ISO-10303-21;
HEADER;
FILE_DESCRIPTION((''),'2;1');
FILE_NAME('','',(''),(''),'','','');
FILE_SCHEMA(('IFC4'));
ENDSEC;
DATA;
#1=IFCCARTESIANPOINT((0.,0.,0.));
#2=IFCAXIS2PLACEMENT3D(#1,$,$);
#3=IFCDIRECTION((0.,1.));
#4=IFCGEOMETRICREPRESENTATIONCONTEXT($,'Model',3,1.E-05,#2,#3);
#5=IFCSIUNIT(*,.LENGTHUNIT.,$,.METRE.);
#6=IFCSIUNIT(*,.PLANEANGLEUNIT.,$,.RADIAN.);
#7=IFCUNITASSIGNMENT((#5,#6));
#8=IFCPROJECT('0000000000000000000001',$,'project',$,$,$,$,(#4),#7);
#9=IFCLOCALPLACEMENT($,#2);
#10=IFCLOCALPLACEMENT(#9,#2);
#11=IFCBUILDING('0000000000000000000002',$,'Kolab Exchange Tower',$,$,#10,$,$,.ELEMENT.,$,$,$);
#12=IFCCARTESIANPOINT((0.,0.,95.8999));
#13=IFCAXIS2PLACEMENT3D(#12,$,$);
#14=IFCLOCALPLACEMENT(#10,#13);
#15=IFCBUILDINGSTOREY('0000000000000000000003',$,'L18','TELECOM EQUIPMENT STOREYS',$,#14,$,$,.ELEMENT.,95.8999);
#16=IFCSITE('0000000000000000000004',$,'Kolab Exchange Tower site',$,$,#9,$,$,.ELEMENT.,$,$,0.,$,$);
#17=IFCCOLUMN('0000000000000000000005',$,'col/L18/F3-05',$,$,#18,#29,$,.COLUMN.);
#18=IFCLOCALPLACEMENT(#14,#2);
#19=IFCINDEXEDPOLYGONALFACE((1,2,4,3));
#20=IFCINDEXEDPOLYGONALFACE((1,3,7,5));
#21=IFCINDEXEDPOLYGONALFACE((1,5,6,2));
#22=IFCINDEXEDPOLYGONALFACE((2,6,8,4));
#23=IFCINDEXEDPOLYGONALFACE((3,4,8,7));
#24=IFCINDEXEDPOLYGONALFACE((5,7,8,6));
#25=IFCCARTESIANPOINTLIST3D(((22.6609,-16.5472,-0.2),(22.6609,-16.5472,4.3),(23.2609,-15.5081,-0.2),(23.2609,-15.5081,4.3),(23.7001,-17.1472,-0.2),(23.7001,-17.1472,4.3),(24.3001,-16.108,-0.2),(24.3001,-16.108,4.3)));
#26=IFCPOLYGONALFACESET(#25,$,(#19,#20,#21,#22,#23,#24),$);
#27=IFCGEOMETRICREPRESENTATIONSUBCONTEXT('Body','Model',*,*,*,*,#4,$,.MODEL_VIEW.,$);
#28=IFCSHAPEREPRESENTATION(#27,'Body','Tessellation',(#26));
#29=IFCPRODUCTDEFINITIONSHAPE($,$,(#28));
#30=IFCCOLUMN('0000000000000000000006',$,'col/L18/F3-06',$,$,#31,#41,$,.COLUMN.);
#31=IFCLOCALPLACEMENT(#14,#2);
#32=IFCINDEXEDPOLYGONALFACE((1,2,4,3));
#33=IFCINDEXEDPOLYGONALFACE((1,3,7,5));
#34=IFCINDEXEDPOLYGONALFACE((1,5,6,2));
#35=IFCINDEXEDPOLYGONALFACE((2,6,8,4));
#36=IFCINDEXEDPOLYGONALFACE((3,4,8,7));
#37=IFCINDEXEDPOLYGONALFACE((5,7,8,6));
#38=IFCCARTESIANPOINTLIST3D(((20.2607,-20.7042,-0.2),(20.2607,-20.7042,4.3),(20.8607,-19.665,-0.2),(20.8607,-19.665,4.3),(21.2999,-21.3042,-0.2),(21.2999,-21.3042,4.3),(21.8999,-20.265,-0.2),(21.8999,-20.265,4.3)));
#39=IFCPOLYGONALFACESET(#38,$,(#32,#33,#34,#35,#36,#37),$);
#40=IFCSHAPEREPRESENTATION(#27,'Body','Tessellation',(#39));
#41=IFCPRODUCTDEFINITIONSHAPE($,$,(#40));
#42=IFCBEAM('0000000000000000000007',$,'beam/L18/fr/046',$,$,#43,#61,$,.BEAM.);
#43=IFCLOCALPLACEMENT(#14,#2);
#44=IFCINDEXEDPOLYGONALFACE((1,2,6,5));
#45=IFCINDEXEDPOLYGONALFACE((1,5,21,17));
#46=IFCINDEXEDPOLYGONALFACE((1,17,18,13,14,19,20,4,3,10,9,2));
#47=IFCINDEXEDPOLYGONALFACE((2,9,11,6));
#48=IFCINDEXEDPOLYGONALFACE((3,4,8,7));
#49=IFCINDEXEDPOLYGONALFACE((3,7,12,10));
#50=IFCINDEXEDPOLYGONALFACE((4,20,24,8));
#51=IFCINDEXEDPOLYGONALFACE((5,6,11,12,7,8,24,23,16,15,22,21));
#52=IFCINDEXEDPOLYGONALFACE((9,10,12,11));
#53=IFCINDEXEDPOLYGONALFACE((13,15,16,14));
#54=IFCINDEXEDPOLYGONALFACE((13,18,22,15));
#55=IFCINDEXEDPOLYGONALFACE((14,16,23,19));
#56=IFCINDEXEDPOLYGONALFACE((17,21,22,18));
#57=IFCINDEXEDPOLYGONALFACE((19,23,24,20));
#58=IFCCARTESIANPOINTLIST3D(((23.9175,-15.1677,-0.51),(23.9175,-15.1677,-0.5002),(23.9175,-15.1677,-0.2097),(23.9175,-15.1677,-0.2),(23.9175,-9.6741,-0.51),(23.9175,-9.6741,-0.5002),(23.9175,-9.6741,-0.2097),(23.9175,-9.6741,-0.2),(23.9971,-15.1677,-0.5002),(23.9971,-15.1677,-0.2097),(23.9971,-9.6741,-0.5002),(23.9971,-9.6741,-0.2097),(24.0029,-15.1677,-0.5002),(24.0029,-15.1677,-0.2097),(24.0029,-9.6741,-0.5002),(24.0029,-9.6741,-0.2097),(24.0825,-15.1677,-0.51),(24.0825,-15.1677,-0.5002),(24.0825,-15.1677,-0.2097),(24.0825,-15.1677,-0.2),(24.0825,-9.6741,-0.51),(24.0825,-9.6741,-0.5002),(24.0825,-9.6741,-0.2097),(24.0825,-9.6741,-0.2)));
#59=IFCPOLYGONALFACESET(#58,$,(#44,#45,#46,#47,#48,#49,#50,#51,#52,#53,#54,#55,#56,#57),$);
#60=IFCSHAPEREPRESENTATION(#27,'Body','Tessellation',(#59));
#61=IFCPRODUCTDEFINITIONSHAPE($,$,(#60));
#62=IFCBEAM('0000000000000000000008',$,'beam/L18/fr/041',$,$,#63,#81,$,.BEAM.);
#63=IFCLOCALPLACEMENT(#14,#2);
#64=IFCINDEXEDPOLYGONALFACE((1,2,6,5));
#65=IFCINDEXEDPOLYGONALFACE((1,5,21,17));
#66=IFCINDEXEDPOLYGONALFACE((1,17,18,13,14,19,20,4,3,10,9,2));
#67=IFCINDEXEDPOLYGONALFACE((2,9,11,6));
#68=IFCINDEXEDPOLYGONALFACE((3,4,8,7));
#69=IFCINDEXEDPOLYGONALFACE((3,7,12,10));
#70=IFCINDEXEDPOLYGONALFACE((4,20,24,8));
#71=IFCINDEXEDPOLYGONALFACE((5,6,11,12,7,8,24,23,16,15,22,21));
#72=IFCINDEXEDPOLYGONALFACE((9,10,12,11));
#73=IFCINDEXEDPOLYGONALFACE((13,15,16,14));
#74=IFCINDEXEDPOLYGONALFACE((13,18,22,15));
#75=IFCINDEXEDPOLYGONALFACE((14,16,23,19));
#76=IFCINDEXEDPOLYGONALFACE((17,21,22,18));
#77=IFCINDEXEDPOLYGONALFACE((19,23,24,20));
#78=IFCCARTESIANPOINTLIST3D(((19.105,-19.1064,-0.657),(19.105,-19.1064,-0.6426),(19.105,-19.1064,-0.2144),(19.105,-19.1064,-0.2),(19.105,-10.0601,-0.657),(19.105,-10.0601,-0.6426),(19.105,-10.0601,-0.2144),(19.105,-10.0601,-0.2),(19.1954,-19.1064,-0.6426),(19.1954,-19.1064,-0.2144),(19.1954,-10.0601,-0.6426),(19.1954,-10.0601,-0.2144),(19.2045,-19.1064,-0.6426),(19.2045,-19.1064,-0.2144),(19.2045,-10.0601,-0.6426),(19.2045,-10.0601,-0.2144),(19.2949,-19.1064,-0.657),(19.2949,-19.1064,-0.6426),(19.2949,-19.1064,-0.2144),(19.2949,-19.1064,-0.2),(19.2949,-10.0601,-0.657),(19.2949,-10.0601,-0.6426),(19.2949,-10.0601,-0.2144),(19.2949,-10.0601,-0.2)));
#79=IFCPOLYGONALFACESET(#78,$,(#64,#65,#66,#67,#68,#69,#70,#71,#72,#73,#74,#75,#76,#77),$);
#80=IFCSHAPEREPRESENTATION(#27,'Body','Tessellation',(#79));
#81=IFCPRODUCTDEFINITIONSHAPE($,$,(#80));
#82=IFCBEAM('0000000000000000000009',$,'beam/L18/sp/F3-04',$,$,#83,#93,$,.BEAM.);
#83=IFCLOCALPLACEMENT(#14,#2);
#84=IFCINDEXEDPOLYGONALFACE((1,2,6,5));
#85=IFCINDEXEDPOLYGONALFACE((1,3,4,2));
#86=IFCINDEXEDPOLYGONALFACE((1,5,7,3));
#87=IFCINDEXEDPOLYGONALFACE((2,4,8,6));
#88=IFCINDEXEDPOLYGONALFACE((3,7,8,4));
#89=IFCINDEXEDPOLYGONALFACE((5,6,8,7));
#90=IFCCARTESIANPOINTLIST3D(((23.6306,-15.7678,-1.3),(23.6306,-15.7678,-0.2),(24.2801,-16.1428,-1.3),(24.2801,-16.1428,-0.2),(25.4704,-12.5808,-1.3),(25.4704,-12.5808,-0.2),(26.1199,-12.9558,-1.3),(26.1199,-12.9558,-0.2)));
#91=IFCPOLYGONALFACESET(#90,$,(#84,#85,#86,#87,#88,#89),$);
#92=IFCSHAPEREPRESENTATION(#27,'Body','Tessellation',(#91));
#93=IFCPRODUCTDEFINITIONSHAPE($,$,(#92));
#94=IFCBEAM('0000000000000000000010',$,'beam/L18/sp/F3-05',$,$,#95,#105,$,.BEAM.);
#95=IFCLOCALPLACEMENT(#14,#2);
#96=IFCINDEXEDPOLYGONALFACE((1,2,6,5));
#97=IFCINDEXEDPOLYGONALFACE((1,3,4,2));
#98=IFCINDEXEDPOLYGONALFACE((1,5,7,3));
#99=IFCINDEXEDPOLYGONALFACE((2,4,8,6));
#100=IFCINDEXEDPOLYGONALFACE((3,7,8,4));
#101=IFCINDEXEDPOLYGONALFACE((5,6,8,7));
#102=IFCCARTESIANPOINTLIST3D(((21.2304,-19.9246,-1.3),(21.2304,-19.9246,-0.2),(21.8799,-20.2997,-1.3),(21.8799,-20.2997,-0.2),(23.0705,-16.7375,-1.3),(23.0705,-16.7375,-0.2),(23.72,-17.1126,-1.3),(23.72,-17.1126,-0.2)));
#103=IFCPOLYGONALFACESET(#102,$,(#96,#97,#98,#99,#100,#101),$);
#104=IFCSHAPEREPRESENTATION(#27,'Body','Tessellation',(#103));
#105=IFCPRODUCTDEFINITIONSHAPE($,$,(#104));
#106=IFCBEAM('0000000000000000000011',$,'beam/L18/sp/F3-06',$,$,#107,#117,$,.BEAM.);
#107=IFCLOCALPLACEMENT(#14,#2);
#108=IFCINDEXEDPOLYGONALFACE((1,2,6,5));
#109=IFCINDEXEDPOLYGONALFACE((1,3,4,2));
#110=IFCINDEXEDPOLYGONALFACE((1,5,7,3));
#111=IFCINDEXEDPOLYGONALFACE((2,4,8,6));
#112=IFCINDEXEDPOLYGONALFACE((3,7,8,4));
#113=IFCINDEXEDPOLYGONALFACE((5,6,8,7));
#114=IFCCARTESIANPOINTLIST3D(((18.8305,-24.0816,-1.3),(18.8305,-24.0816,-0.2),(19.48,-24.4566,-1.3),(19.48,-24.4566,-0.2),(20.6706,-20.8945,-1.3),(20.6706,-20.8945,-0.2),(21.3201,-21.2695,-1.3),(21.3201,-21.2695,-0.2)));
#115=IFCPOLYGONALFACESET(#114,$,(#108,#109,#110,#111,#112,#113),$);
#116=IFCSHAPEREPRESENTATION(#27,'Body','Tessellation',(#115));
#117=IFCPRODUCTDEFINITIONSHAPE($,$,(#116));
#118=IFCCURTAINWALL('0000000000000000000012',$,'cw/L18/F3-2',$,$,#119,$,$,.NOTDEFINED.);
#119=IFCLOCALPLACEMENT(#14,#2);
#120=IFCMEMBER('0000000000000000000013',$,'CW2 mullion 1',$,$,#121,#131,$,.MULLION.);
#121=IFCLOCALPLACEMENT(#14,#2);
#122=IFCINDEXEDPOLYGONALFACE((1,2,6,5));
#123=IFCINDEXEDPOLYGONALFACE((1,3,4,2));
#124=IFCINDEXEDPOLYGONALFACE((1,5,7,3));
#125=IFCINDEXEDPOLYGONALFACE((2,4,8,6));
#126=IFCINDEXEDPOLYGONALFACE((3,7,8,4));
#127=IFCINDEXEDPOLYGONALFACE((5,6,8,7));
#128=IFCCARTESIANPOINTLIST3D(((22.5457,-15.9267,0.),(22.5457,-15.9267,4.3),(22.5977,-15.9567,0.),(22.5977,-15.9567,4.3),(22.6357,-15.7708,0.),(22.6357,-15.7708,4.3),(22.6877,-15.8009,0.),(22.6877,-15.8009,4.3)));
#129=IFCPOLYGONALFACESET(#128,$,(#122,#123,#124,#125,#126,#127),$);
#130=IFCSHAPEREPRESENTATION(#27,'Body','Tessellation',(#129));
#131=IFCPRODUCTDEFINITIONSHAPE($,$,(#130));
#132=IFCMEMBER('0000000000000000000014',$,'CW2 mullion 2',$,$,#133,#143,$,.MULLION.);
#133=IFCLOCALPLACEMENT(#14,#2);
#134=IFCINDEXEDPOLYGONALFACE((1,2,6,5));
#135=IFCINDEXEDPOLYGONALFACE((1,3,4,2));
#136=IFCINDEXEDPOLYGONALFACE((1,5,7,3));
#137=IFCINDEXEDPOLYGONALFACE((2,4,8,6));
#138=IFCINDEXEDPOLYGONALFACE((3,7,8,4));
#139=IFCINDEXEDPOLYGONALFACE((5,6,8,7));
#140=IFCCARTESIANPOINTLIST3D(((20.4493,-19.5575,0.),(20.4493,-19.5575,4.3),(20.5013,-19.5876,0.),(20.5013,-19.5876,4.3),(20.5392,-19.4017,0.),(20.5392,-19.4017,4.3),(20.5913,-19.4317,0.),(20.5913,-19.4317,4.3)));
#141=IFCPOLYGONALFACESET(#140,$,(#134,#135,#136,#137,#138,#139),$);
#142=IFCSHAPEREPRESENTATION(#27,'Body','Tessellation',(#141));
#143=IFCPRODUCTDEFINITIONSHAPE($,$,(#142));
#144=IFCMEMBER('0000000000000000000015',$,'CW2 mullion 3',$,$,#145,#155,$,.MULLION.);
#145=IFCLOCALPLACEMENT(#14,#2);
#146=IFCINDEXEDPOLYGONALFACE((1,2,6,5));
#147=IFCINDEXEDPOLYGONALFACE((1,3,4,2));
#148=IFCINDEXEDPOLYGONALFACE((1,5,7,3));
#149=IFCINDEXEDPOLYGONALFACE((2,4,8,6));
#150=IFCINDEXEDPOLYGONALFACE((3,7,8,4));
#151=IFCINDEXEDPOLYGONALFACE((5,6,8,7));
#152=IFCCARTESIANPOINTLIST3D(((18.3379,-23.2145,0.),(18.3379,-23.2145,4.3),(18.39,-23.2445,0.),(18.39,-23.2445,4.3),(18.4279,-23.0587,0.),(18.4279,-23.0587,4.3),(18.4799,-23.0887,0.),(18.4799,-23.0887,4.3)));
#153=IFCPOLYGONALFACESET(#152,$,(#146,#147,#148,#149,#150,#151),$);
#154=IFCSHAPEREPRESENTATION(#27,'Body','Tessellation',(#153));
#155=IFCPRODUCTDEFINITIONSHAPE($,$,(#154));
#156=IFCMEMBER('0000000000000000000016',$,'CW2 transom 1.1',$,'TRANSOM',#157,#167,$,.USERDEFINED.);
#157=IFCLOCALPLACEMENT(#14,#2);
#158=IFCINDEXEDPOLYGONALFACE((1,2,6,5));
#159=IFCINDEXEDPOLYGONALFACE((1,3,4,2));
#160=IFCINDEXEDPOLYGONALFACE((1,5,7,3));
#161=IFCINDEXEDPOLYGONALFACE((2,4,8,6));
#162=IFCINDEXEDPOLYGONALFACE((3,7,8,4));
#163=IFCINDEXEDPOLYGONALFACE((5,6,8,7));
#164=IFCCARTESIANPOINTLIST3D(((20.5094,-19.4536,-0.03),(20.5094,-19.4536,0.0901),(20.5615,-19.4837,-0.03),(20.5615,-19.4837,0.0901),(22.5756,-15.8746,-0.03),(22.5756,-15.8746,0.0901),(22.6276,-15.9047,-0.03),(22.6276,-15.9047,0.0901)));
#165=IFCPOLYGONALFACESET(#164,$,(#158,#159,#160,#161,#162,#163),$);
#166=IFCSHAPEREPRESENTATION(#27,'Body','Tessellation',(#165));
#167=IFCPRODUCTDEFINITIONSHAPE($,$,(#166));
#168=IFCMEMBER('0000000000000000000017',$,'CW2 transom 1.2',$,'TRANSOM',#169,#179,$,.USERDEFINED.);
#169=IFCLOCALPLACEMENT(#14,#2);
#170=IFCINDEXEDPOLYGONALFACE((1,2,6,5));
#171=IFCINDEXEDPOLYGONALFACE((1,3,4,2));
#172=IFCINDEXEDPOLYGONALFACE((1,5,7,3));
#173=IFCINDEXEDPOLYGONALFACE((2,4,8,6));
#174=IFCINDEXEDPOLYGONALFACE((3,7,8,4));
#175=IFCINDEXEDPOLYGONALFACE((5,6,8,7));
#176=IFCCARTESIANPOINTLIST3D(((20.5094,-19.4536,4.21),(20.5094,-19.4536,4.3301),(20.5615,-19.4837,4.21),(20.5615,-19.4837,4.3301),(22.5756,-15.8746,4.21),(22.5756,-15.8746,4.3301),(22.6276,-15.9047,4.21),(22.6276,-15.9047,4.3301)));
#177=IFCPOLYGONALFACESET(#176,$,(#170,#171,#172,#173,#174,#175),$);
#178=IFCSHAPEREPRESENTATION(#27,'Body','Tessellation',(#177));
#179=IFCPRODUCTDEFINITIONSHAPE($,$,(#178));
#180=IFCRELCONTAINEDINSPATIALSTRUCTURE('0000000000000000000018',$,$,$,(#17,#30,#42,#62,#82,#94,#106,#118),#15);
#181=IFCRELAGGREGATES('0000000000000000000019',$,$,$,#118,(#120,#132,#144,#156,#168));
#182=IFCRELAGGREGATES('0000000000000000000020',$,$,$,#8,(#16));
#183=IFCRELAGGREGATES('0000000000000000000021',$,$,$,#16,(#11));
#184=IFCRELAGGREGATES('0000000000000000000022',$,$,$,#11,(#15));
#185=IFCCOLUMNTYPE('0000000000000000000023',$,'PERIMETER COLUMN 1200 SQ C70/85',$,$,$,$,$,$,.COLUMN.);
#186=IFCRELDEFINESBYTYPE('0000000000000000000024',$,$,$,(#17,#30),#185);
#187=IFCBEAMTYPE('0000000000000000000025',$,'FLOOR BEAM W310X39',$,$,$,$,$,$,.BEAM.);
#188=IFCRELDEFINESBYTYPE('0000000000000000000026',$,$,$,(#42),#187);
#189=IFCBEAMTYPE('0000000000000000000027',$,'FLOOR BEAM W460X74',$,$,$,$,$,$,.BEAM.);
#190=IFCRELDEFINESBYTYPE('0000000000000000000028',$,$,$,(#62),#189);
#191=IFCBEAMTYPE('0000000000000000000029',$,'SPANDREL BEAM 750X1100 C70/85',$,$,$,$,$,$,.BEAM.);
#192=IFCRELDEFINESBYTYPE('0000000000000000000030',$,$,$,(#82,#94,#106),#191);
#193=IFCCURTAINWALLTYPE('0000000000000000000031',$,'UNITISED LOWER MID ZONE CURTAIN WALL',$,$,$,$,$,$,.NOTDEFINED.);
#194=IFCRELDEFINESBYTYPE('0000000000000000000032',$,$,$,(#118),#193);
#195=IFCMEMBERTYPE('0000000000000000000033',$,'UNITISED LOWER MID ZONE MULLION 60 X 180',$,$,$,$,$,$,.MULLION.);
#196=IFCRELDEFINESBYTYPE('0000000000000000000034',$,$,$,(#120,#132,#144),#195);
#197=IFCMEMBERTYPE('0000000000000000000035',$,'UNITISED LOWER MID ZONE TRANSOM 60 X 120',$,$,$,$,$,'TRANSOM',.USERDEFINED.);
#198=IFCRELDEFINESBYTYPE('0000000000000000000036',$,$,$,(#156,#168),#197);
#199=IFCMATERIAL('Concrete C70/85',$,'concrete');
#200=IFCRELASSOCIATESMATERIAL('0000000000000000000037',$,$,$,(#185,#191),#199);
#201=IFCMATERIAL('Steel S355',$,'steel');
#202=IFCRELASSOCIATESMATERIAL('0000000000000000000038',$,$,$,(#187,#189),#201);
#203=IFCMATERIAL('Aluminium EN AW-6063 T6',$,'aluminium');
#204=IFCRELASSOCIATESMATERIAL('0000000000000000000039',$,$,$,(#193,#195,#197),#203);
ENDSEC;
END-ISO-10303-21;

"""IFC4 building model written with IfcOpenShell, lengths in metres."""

from ifc_helpers import new_model, si_unit, direction, frame, origin, origin_2d, place, context, subcontext, project, spatial, rectangle, i_section, extrude, material, material_profile, profile_set, type_object, element, aggregate, save


model = new_model("IFC4")

# Units and contexts
model_context = context("Model", 3, precision=1e-05, world=origin(), true_north=direction((0.0, 1.0)))
body_context = subcontext(model_context, "Body", "Model", "MODEL_VIEW")
ifc_project = project(units=[si_unit("LENGTHUNIT", "METRE"), si_unit("PLANEANGLEUNIT", "RADIAN")], contexts=[model_context])

# Site, building, storey
site_placement = place(None, origin())
site = spatial("IfcSite", under=ifc_project, at=site_placement, Name="Kolab Exchange Tower site", CompositionType="ELEMENT", RefElevation=0.0)
building_placement = place(site_placement, origin())
building = spatial("IfcBuilding", under=site, at=building_placement, Name="Kolab Exchange Tower", CompositionType="ELEMENT")
storey_placement = place(building_placement, frame((0.0, 0.0, 95.8999)))
storey = spatial("IfcBuildingStorey", under=building, at=storey_placement, Name="L18", Description="TELECOM EQUIPMENT STOREYS", CompositionType="ELEMENT", Elevation=95.8999)

# Columns
ifc_material_1 = material(Name="Concrete C70/85", Category="concrete")
ifc_material_profile_1 = material_profile(ifc_material_1, rectangle(XDim=1.2, YDim=1.2, at=origin_2d()), Name="RC1200")
ifc_profile_set_1 = profile_set([ifc_material_profile_1], Name="Concrete C70/85")
column_type = type_object("IfcColumnType", Name="PERIMETER COLUMN 1200 SQ C70/85", PredefinedType="COLUMN", material=ifc_profile_set_1)
for number, where, z_axis, x_axis, name in (
    (1, (23.4805, -16.3276, -0.2), (0.0, 0.0, 1.0), (0.5, 0.866025, 0.0), "col/L18/F3-05"),
    (2, (21.0803, -20.4846, -0.2), (0.0, 0.0, 1.0), (0.5, 0.866025, 0.0), "col/L18/F3-06"),
):
    element("IfcColumn", number, at=place(storey_placement, frame(where, z_axis=z_axis, x_axis=x_axis)), inside=storey, type_object=column_type, Name=name, PredefinedType="COLUMN", context=body_context, shape_type="SweptSolid", body=[
        extrude(rectangle(XDim=1.2, YDim=1.2, at=origin_2d()), origin(), (0.0, 0.0, 1.0), 4.5),
    ])

# Beams
ifc_material_2 = material(Name="Steel S355", Category="steel")
ifc_material_profile_2 = material_profile(ifc_material_2, i_section(OverallWidth=0.165, OverallDepth=0.3101, WebThickness=0.0059, FlangeThickness=0.0098, at=origin_2d()), Name="W310X39")
ifc_profile_set_2 = profile_set([ifc_material_profile_2], Name="Steel S355")
beam_type_1 = type_object("IfcBeamType", Name="FLOOR BEAM W310X39", PredefinedType="BEAM", material=ifc_profile_set_2)
beam_1_placement = place(storey_placement, frame((24.0, -15.1677, -0.355), z_axis=(0.0, 1.0, 0.0), x_axis=(-1.0, 0.0, 0.0)))
element("IfcBeam", 3, at=beam_1_placement, inside=storey, type_object=beam_type_1, Name="beam/L18/fr/046", PredefinedType="BEAM", context=body_context, shape_type="SweptSolid", body=[
    extrude(i_section(OverallWidth=0.165, OverallDepth=0.3101, WebThickness=0.0059, FlangeThickness=0.0098, at=origin_2d()), origin(), (0.0, 0.0, 1.0), 5.4937),
])
ifc_material_profile_3 = material_profile(ifc_material_2, i_section(OverallWidth=0.1899, OverallDepth=0.457, WebThickness=0.009, FlangeThickness=0.0144, at=origin_2d()), Name="W460X74")
ifc_profile_set_3 = profile_set([ifc_material_profile_3], Name="Steel S355")
beam_type_2 = type_object("IfcBeamType", Name="FLOOR BEAM W460X74", PredefinedType="BEAM", material=ifc_profile_set_3)
beam_2_placement = place(storey_placement, frame((19.2, -19.1064, -0.4285), z_axis=(0.0, 1.0, 0.0), x_axis=(-1.0, 0.0, 0.0)))
element("IfcBeam", 4, at=beam_2_placement, inside=storey, type_object=beam_type_2, Name="beam/L18/fr/041", PredefinedType="BEAM", context=body_context, shape_type="SweptSolid", body=[
    extrude(i_section(OverallWidth=0.1899, OverallDepth=0.457, WebThickness=0.009, FlangeThickness=0.0144, at=origin_2d()), origin(), (0.0, 0.0, 1.0), 9.0464),
])
ifc_material_profile_4 = material_profile(ifc_material_1, rectangle(XDim=0.75, YDim=1.1001, at=origin_2d()), Name="RC750X1100")
ifc_profile_set_4 = profile_set([ifc_material_profile_4], Name="Concrete C70/85")
beam_type_3 = type_object("IfcBeamType", Name="SPANDREL BEAM 750X1100 C70/85", PredefinedType="BEAM", material=ifc_profile_set_4)
beam_3_placement = place(storey_placement, frame((25.7952, -12.7683, -0.75), z_axis=(-0.499964, -0.866046, 0.0), x_axis=(0.866046, -0.499964, 0.0)))
element("IfcBeam", 5, at=beam_3_placement, inside=storey, type_object=beam_type_3, Name="beam/L18/sp/F3-04", PredefinedType="BEAM", context=body_context, shape_type="SweptSolid", body=[
    extrude(rectangle(XDim=0.75, YDim=1.1001, at=origin_2d()), origin(), (0.0, 0.0, 1.0), 3.6799),
])
for number, where, z_axis, x_axis, name in (
    (6, (23.3953, -16.925, -0.75), (-0.500013, -0.866018, 0.0), (0.866018, -0.500013, 0.0), "beam/L18/sp/F3-05"),
    (7, (20.9954, -21.082, -0.75), (-0.500013, -0.866018, 0.0), (0.866018, -0.500013, 0.0), "beam/L18/sp/F3-06"),
):
    element("IfcBeam", number, at=place(storey_placement, frame(where, z_axis=z_axis, x_axis=x_axis)), inside=storey, type_object=beam_type_3, Name=name, PredefinedType="BEAM", context=body_context, shape_type="SweptSolid", body=[
        extrude(rectangle(XDim=0.75, YDim=1.1001, at=origin_2d()), origin(), (0.0, 0.0, 1.0), 3.6802),
    ])

# Curtain wall, members
ifc_material_3 = material(Name="Aluminium EN AW-6063 T6", Category="aluminium")
curtain_wall_type = type_object("IfcCurtainWallType", Name="UNITISED LOWER MID ZONE CURTAIN WALL", PredefinedType="NOTDEFINED", material=ifc_material_3)
curtain_wall_placement = place(storey_placement, origin())
curtain_wall = element("IfcCurtainWall", 8, at=curtain_wall_placement, inside=storey, type_object=curtain_wall_type, Name="cw/L18/F3-2", PredefinedType="NOTDEFINED")
ifc_material_profile_5 = material_profile(ifc_material_3, rectangle(XDim=0.0601, YDim=0.1799, at=origin_2d()), Name="RECT 60X180")
ifc_profile_set_5 = profile_set([ifc_material_profile_5], Name="Aluminium EN AW-6063 T6")
member_type_1 = type_object("IfcMemberType", Name="UNITISED LOWER MID ZONE MULLION 60 X 180", PredefinedType="MULLION", material=ifc_profile_set_5)
member_1_placement = place(storey_placement, frame((22.6167, -15.8638, 0.0), z_axis=(0.0, 0.0, 1.0), x_axis=(0.866025, -0.5, 0.0)))
member_1 = element("IfcMember", 9, at=member_1_placement, type_object=member_type_1, Name="CW2 mullion 1", PredefinedType="MULLION", context=body_context, shape_type="SweptSolid", body=[
    extrude(rectangle(XDim=0.0601, YDim=0.1799, at=origin_2d()), origin(), (0.0, 0.0, 1.0), 4.3),
])
member_2_placement = place(storey_placement, frame((20.5203, -19.4946, 0.0), z_axis=(0.0, 0.0, 1.0), x_axis=(0.866025, -0.5, 0.0)))
member_2 = element("IfcMember", 10, at=member_2_placement, type_object=member_type_1, Name="CW2 mullion 2", PredefinedType="MULLION", context=body_context, shape_type="SweptSolid", body=[
    extrude(rectangle(XDim=0.0601, YDim=0.1799, at=origin_2d()), origin(), (0.0, 0.0, 1.0), 4.3),
])
member_3_placement = place(storey_placement, frame((18.4089, -23.1516, 0.0), z_axis=(0.0, 0.0, 1.0), x_axis=(0.866025, -0.5, 0.0)))
member_3 = element("IfcMember", 11, at=member_3_placement, type_object=member_type_1, Name="CW2 mullion 3", PredefinedType="MULLION", context=body_context, shape_type="SweptSolid", body=[
    extrude(rectangle(XDim=0.0601, YDim=0.1799, at=origin_2d()), origin(), (0.0, 0.0, 1.0), 4.3),
])
ifc_material_profile_6 = material_profile(ifc_material_3, rectangle(XDim=0.0601, YDim=0.1201, at=origin_2d()), Name="RECT 60X120")
ifc_profile_set_6 = profile_set([ifc_material_profile_6], Name="Aluminium EN AW-6063 T6")
member_type_2 = type_object("IfcMemberType", Name="UNITISED LOWER MID ZONE TRANSOM 60 X 120", ElementType="TRANSOM", PredefinedType="USERDEFINED", material=ifc_profile_set_6)
member_4_placement = place(storey_placement, frame((22.6016, -15.8896, 0.03), z_axis=(-0.499958, -0.86605, 0.0), x_axis=(0.86605, -0.499958, 0.0)))
member_4 = element("IfcMember", 12, at=member_4_placement, type_object=member_type_2, Name="CW2 transom 1.1", ObjectType="TRANSOM", PredefinedType="USERDEFINED", context=body_context, shape_type="SweptSolid", body=[
    extrude(rectangle(XDim=0.0601, YDim=0.1201, at=origin_2d()), origin(), (0.0, 0.0, 1.0), 4.1326),
])
member_5_placement = place(storey_placement, frame((22.6016, -15.8896, 4.27), z_axis=(-0.499958, -0.86605, 0.0), x_axis=(0.86605, -0.499958, 0.0)))
member_5 = element("IfcMember", 13, at=member_5_placement, type_object=member_type_2, Name="CW2 transom 1.2", ObjectType="TRANSOM", PredefinedType="USERDEFINED", context=body_context, shape_type="SweptSolid", body=[
    extrude(rectangle(XDim=0.0601, YDim=0.1201, at=origin_2d()), origin(), (0.0, 0.0, 1.0), 4.1326),
])
aggregate(curtain_wall, [member_1, member_2, member_3, member_4, member_5])

save(model, "model.ifc")
